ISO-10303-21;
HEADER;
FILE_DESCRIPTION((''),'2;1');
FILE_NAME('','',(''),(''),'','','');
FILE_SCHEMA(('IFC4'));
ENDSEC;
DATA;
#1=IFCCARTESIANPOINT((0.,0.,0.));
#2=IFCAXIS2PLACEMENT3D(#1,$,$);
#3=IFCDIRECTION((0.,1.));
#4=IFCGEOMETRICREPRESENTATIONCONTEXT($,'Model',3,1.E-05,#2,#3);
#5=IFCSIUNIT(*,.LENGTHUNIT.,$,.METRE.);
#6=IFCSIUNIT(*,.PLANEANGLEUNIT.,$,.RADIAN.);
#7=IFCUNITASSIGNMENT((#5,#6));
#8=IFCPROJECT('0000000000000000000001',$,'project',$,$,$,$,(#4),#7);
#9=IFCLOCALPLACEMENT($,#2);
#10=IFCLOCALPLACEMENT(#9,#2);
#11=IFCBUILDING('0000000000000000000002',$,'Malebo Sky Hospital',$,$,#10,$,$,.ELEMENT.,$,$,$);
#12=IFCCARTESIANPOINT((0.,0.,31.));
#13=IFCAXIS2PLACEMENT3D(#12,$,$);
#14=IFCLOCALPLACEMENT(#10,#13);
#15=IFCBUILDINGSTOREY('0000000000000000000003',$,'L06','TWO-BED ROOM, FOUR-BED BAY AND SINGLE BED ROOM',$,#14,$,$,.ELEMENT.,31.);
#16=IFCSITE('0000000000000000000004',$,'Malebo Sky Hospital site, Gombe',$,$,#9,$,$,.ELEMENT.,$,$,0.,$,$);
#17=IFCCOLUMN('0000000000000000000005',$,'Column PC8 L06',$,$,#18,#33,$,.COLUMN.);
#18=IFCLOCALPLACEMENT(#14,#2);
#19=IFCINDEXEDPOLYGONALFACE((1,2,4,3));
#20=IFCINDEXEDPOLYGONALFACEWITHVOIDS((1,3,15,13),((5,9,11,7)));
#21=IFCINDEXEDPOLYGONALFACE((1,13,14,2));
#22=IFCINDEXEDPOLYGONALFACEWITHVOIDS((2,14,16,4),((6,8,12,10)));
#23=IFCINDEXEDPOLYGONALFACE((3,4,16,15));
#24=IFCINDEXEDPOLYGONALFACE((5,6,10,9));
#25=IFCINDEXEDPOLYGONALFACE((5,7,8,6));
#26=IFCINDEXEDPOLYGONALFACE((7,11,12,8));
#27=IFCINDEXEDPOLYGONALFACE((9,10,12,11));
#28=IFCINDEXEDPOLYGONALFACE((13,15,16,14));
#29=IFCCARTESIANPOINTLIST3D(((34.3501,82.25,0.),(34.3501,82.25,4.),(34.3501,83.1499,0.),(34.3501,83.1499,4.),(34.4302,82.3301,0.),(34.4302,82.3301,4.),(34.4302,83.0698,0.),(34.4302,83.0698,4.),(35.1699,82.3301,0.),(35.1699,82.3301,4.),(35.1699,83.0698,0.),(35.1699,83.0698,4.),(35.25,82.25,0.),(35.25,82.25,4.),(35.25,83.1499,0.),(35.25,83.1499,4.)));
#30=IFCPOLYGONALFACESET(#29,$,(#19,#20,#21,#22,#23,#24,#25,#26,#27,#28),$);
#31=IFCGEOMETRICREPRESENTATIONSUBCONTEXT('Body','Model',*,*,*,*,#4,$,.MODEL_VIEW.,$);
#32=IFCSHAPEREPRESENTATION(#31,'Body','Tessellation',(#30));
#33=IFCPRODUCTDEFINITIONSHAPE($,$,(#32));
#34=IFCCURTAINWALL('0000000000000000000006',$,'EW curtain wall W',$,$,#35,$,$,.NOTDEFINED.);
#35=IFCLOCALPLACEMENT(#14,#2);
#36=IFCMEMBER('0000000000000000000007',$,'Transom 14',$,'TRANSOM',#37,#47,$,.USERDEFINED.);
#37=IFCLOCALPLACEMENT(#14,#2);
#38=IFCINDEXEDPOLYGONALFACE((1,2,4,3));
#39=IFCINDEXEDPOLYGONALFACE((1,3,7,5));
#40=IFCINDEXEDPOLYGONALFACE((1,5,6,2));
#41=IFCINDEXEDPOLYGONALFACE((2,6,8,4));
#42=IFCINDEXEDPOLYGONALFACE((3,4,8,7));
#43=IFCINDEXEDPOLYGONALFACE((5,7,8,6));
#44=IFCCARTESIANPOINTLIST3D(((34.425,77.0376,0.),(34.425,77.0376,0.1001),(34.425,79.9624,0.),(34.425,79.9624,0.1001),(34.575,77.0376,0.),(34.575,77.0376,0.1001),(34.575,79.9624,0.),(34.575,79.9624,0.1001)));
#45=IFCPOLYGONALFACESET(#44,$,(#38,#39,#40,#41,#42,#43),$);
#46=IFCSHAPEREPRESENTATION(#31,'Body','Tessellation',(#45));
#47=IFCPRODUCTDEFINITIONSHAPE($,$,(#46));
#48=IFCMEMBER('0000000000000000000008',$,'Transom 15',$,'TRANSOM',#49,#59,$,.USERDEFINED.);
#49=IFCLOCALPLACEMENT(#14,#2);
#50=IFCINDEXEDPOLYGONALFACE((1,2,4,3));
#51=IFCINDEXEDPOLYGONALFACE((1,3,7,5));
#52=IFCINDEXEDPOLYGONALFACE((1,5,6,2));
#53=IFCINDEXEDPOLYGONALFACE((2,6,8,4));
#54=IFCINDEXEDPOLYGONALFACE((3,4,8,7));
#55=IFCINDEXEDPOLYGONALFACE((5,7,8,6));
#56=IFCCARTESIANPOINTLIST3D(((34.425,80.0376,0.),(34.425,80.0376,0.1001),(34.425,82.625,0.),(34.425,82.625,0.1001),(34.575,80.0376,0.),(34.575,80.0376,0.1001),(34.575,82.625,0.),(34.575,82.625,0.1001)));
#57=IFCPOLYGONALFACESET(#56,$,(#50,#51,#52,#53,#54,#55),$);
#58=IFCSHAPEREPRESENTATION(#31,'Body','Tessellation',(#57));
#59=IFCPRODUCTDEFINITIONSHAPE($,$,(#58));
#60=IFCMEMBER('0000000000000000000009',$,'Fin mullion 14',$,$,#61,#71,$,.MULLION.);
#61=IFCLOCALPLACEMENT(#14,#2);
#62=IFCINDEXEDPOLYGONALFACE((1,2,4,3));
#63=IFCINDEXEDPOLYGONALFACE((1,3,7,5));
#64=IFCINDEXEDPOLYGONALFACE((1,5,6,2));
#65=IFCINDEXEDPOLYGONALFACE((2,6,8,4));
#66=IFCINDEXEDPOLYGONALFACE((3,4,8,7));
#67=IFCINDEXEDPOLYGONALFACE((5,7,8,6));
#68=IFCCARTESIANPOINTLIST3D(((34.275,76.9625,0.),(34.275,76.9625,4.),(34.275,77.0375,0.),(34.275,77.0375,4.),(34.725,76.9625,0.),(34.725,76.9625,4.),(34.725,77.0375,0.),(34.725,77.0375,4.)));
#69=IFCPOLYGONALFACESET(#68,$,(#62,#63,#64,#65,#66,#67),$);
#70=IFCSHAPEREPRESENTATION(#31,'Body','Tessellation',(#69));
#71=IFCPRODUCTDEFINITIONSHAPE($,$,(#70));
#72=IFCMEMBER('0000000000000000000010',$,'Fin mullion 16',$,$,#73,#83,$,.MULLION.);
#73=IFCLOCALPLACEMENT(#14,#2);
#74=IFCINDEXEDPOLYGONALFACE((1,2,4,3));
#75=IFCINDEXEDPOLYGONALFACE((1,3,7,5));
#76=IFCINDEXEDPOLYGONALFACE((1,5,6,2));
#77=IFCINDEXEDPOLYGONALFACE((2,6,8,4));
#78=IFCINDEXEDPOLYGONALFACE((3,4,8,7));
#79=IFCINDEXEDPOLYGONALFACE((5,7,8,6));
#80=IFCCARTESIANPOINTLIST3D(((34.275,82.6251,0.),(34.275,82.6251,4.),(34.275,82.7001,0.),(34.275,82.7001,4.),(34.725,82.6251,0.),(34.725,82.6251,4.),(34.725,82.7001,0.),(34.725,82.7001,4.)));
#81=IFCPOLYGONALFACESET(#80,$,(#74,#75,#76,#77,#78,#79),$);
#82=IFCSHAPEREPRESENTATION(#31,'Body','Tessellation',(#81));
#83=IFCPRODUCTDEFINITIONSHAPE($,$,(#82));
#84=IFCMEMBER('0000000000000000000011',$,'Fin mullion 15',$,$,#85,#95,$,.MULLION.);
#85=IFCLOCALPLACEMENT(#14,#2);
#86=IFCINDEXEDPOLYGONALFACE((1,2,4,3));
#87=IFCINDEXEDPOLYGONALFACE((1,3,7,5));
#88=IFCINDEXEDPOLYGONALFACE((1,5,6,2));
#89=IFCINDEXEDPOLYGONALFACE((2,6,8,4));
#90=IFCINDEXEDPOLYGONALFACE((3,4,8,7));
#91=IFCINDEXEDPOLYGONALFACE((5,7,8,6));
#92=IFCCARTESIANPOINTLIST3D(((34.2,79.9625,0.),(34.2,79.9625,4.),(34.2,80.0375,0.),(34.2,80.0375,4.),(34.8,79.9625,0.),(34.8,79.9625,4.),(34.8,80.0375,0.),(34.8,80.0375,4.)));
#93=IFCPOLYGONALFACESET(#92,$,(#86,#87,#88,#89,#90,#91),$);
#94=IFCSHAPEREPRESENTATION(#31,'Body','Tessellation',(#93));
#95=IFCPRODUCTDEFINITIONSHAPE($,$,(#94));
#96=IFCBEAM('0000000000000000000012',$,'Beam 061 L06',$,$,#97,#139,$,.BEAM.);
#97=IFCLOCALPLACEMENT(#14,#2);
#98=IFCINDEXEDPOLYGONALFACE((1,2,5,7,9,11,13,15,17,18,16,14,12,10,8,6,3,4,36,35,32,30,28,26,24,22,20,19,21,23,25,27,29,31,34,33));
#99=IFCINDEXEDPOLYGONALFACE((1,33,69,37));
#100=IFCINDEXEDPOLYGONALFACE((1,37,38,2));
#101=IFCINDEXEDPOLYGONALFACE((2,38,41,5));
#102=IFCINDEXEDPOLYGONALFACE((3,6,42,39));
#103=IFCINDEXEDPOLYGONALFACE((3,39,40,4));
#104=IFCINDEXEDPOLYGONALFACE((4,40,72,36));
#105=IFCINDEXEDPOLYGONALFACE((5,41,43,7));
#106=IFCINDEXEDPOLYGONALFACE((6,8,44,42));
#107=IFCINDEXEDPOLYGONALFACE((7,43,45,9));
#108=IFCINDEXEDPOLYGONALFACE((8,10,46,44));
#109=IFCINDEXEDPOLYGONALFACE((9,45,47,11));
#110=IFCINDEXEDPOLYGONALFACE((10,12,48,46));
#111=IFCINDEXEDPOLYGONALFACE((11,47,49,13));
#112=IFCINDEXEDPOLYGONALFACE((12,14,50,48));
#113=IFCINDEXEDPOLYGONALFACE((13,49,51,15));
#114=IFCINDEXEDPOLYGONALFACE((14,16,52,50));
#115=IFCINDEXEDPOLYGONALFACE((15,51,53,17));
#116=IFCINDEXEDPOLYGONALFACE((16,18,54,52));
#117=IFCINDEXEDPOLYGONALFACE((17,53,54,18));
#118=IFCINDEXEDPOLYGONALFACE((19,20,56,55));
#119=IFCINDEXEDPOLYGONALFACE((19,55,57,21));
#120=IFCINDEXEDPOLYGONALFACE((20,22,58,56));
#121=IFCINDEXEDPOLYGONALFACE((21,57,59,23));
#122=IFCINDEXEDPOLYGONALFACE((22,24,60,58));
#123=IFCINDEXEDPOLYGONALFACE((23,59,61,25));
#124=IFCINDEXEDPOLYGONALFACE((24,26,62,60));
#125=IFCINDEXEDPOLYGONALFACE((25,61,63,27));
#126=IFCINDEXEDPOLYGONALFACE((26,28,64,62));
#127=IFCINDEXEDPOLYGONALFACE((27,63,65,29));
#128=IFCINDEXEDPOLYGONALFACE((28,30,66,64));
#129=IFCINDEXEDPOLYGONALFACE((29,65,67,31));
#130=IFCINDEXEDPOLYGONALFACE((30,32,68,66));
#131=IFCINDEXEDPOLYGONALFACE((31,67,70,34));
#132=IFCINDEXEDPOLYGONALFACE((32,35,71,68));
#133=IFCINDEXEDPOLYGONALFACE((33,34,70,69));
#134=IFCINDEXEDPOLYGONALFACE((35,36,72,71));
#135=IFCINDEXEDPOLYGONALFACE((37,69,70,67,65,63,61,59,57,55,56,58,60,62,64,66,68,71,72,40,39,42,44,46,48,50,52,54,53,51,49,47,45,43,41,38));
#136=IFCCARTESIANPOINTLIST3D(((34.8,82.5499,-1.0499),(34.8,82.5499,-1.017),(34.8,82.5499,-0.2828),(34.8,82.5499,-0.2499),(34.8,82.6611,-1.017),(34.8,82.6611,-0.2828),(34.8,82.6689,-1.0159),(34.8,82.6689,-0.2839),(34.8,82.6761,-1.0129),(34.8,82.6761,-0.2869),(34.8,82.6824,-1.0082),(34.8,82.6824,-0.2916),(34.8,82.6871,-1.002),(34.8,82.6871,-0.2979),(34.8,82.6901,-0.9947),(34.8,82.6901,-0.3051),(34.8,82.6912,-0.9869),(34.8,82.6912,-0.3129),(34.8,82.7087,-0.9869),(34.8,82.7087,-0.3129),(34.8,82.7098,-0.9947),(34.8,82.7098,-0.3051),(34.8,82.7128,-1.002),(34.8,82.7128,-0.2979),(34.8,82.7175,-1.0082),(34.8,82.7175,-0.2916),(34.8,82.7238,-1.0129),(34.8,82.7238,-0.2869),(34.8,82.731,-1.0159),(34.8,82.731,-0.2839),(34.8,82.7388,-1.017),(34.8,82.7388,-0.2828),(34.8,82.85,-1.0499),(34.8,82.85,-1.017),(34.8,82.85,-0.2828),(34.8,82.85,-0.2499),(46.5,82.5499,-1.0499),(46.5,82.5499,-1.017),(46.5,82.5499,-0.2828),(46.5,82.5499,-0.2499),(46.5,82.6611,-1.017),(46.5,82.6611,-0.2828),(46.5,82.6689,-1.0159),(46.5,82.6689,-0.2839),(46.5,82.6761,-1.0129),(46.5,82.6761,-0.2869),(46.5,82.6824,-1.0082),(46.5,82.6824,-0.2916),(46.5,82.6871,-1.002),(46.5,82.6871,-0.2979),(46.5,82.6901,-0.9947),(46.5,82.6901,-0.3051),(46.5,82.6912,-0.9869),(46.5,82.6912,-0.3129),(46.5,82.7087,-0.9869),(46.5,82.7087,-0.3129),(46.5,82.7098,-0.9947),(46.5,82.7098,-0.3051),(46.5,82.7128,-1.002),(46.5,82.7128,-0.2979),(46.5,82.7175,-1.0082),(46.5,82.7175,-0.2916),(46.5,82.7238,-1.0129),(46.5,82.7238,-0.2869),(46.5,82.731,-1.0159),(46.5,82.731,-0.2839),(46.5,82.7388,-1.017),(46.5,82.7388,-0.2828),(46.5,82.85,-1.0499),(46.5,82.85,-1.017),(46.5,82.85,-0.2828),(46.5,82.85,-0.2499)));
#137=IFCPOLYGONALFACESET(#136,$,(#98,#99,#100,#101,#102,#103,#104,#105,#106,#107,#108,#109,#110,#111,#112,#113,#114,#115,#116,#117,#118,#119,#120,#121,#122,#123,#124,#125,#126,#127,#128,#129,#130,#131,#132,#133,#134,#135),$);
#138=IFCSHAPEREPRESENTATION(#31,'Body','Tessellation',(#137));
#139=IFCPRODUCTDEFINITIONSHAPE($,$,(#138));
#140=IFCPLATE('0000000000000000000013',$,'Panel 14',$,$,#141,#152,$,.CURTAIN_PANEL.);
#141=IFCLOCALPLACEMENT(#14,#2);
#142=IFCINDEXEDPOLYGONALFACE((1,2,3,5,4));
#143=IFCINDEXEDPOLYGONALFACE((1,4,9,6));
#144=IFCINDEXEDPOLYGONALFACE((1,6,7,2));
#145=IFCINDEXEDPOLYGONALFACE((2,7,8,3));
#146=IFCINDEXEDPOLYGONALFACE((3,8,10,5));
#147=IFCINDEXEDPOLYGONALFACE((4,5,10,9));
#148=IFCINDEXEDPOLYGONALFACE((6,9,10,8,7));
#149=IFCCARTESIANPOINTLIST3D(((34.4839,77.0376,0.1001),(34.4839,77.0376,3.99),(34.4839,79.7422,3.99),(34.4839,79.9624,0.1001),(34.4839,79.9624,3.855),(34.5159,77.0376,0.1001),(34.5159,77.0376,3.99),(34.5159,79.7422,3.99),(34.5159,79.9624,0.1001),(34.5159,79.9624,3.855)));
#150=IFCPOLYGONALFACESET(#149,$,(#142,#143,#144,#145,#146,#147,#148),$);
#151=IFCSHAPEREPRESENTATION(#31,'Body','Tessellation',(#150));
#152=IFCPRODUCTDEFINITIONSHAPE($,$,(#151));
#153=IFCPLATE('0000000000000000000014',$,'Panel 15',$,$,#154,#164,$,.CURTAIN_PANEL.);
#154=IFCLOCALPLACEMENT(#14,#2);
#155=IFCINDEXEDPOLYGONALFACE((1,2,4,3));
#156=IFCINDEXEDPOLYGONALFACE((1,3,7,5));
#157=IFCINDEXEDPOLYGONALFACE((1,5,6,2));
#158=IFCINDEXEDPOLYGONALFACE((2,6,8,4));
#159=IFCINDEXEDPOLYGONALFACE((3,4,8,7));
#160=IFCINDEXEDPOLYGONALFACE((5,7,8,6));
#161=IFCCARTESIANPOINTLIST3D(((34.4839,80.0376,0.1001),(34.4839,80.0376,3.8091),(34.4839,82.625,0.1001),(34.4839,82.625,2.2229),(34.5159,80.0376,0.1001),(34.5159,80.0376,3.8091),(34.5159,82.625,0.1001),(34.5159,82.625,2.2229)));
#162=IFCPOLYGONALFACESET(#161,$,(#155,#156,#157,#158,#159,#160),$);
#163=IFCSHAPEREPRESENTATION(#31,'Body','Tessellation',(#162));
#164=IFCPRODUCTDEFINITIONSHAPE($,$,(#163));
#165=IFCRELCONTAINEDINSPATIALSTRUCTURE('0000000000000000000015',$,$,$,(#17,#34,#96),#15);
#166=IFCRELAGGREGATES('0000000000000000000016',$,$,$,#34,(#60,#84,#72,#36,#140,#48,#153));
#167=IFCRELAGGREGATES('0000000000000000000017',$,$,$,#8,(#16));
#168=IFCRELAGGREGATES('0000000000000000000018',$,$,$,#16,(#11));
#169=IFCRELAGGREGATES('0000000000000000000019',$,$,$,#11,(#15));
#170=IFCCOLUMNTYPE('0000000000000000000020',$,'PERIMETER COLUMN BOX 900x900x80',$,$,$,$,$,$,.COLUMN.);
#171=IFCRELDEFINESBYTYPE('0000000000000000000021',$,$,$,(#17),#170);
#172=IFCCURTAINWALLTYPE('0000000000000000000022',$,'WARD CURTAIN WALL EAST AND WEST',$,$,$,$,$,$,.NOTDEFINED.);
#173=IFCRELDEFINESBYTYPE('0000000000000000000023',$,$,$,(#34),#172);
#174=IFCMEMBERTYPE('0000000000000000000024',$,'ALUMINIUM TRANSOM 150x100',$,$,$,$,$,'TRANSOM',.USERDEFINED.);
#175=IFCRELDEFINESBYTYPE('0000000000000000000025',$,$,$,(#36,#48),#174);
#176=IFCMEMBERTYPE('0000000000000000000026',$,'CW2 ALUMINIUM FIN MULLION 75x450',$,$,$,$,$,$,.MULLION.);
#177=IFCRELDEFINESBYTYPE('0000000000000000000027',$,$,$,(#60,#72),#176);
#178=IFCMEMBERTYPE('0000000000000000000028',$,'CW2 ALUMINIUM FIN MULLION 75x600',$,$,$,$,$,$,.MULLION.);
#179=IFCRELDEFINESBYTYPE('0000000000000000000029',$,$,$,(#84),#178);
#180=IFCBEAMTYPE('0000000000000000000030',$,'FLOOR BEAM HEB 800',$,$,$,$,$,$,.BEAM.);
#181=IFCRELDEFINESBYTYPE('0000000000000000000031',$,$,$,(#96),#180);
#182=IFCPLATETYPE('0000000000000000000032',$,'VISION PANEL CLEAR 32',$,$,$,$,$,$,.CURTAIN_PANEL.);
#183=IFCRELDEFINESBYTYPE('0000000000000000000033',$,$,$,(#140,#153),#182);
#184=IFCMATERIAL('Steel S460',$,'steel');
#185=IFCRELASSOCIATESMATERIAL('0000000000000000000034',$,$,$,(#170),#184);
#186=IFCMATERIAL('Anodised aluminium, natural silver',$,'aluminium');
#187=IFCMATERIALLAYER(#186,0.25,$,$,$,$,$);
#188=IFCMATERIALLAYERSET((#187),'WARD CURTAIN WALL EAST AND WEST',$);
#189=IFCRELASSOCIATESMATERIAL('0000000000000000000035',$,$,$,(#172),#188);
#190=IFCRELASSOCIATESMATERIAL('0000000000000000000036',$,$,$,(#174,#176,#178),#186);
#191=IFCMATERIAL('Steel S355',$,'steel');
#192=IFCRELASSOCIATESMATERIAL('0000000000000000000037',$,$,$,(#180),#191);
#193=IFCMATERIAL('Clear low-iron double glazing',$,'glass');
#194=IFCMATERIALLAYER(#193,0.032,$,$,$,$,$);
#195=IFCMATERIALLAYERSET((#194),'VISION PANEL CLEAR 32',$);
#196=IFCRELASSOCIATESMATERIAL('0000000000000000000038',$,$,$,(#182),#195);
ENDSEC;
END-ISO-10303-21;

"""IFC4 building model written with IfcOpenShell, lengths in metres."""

from ifc_helpers import new_model, si_unit, direction, frame, origin, origin_2d, place, context, subcontext, project, spatial, polyline, rectangle, hollow_rectangle, i_section, outline, extrude, material, layer, layer_set, material_profile, profile_set, type_object, element, aggregate, save


model = new_model("IFC4")

# Units and contexts
model_context = context("Model", 3, precision=1e-05, world=origin(), true_north=direction((0.0, 1.0)))
body_context = subcontext(model_context, "Body", "Model", "MODEL_VIEW")
ifc_project = project(units=[si_unit("LENGTHUNIT", "METRE"), si_unit("PLANEANGLEUNIT", "RADIAN")], contexts=[model_context])

# Site, building, storey
site_placement = place(None, origin())
site = spatial("IfcSite", under=ifc_project, at=site_placement, Name="Malebo Sky Hospital site, Gombe", CompositionType="ELEMENT", RefElevation=0.0)
building_placement = place(site_placement, origin())
building = spatial("IfcBuilding", under=site, at=building_placement, Name="Malebo Sky Hospital", CompositionType="ELEMENT")
storey_placement = place(building_placement, frame((0.0, 0.0, 31.0)))
storey = spatial("IfcBuildingStorey", under=building, at=storey_placement, Name="L06", Description="TWO-BED ROOM, FOUR-BED BAY AND SINGLE BED ROOM", CompositionType="ELEMENT", Elevation=31.0)

# Column
ifc_material_1 = material(Name="Steel S460", Category="steel")
ifc_material_profile_1 = material_profile(ifc_material_1, hollow_rectangle(XDim=0.8999, YDim=0.8999, WallThickness=0.0801, at=origin_2d()), Name="BOX 900x900x80")
ifc_profile_set_1 = profile_set([ifc_material_profile_1], Name="Steel S460")
column_type = type_object("IfcColumnType", Name="PERIMETER COLUMN BOX 900x900x80", PredefinedType="COLUMN", material=ifc_profile_set_1)
column_placement = place(storey_placement, frame((34.8, 82.7, 0.0), z_axis=(0.0, 0.0, 1.0), x_axis=(1.0, 0.0, 0.0)))
element("IfcColumn", 1, at=column_placement, inside=storey, type_object=column_type, Name="Column PC8 L06", PredefinedType="COLUMN", context=body_context, shape_type="SweptSolid", body=[
    extrude(hollow_rectangle(XDim=0.8999, YDim=0.8999, WallThickness=0.0801, at=origin_2d()), origin(), (0.0, 0.0, 1.0), 4.0),
])

# Curtain wall, members
ifc_material_2 = material(Name="Anodised aluminium, natural silver", Category="aluminium")
ifc_layer_1 = layer(ifc_material_2, 0.25)
ifc_layer_set_1 = layer_set([ifc_layer_1], Name="WARD CURTAIN WALL EAST AND WEST")
curtain_wall_type = type_object("IfcCurtainWallType", Name="WARD CURTAIN WALL EAST AND WEST", PredefinedType="NOTDEFINED", material=ifc_layer_set_1)
curtain_wall_placement = place(storey_placement, origin())
curtain_wall = element("IfcCurtainWall", 2, at=curtain_wall_placement, inside=storey, type_object=curtain_wall_type, Name="EW curtain wall W", PredefinedType="NOTDEFINED")
ifc_material_profile_2 = material_profile(ifc_material_2, rectangle(XDim=0.1499, YDim=0.1001, at=origin_2d()), Name="ALUMINIUM TRANSOM 150x100")
ifc_profile_set_2 = profile_set([ifc_material_profile_2], Name="Anodised aluminium, natural silver")
member_type_1 = type_object("IfcMemberType", Name="ALUMINIUM TRANSOM 150x100", ElementType="TRANSOM", PredefinedType="USERDEFINED", material=ifc_profile_set_2)
member_1_placement = place(storey_placement, frame((34.5, 77.0376, 0.05), z_axis=(0.0, 1.0, 0.0), x_axis=(-1.0, 0.0, 0.0)))
member_1 = element("IfcMember", 3, at=member_1_placement, type_object=member_type_1, Name="Transom 14", ObjectType="TRANSOM", PredefinedType="USERDEFINED", context=body_context, shape_type="SweptSolid", body=[
    extrude(rectangle(XDim=0.1499, YDim=0.1001, at=origin_2d()), origin(), (0.0, 0.0, 1.0), 2.9248),
])
member_2_placement = place(storey_placement, frame((34.5, 80.0376, 0.05), z_axis=(0.0, 1.0, 0.0), x_axis=(-1.0, 0.0, 0.0)))
member_2 = element("IfcMember", 4, at=member_2_placement, type_object=member_type_1, Name="Transom 15", ObjectType="TRANSOM", PredefinedType="USERDEFINED", context=body_context, shape_type="SweptSolid", body=[
    extrude(rectangle(XDim=0.1499, YDim=0.1001, at=origin_2d()), origin(), (0.0, 0.0, 1.0), 2.5874),
])
ifc_material_profile_3 = material_profile(ifc_material_2, rectangle(XDim=0.075, YDim=0.45, at=origin_2d()), Name="CW2 ALUMINIUM FIN MULLION 75x450")
ifc_profile_set_3 = profile_set([ifc_material_profile_3], Name="Anodised aluminium, natural silver")
member_type_2 = type_object("IfcMemberType", Name="CW2 ALUMINIUM FIN MULLION 75x450", PredefinedType="MULLION", material=ifc_profile_set_3)
member_3_placement = place(storey_placement, frame((34.5, 77.0, 0.0), z_axis=(0.0, 0.0, 1.0), x_axis=(0.0, 1.0, 0.0)))
member_3 = element("IfcMember", 5, at=member_3_placement, type_object=member_type_2, Name="Fin mullion 14", PredefinedType="MULLION", context=body_context, shape_type="SweptSolid", body=[
    extrude(rectangle(XDim=0.075, YDim=0.45, at=origin_2d()), origin(), (0.0, 0.0, 1.0), 4.0),
])
member_4_placement = place(storey_placement, frame((34.5, 82.6626, 0.0), z_axis=(0.0, 0.0, 1.0), x_axis=(0.0, 1.0, 0.0)))
member_4 = element("IfcMember", 6, at=member_4_placement, type_object=member_type_2, Name="Fin mullion 16", PredefinedType="MULLION", context=body_context, shape_type="SweptSolid", body=[
    extrude(rectangle(XDim=0.075, YDim=0.45, at=origin_2d()), origin(), (0.0, 0.0, 1.0), 4.0),
])
ifc_material_profile_4 = material_profile(ifc_material_2, rectangle(XDim=0.075, YDim=0.6001, at=origin_2d()), Name="CW2 ALUMINIUM FIN MULLION 75x600")
ifc_profile_set_4 = profile_set([ifc_material_profile_4], Name="Anodised aluminium, natural silver")
member_type_3 = type_object("IfcMemberType", Name="CW2 ALUMINIUM FIN MULLION 75x600", PredefinedType="MULLION", material=ifc_profile_set_4)
member_5_placement = place(storey_placement, frame((34.5, 80.0, 0.0), z_axis=(0.0, 0.0, 1.0), x_axis=(0.0, 1.0, 0.0)))
member_5 = element("IfcMember", 7, at=member_5_placement, type_object=member_type_3, Name="Fin mullion 15", PredefinedType="MULLION", context=body_context, shape_type="SweptSolid", body=[
    extrude(rectangle(XDim=0.075, YDim=0.6001, at=origin_2d()), origin(), (0.0, 0.0, 1.0), 4.0),
])

# Beam
ifc_material_3 = material(Name="Steel S355", Category="steel")
ifc_material_profile_5 = material_profile(ifc_material_3, i_section(OverallWidth=0.3, OverallDepth=0.8, WebThickness=0.0176, FlangeThickness=0.033, FilletRadius=0.03, at=origin_2d()), Name="HEB 800")
ifc_profile_set_5 = profile_set([ifc_material_profile_5], Name="Steel S355")
beam_type = type_object("IfcBeamType", Name="FLOOR BEAM HEB 800", PredefinedType="BEAM", material=ifc_profile_set_5)
beam_placement = place(storey_placement, frame((34.8, 82.7, -0.6499), z_axis=(1.0, 0.0, 0.0), x_axis=(0.0, 1.0, 0.0)))
element("IfcBeam", 8, at=beam_placement, inside=storey, type_object=beam_type, Name="Beam 061 L06", PredefinedType="BEAM", context=body_context, shape_type="SweptSolid", body=[
    extrude(i_section(OverallWidth=0.3, OverallDepth=0.8, WebThickness=0.0176, FlangeThickness=0.033, FilletRadius=0.03, at=origin_2d()), origin(), (0.0, 0.0, 1.0), 11.7),
])

# Plates
ifc_material_4 = material(Name="Clear low-iron double glazing", Category="glass")
ifc_layer_2 = layer(ifc_material_4, 0.032)
ifc_layer_set_2 = layer_set([ifc_layer_2], Name="VISION PANEL CLEAR 32")
plate_type = type_object("IfcPlateType", Name="VISION PANEL CLEAR 32", PredefinedType="CURTAIN_PANEL", material=ifc_layer_set_2)
plate_1_placement = place(storey_placement, frame((34.5, 78.5, 0.1001), z_axis=(0.0, 0.0, 1.0), x_axis=(0.0, 1.0, 0.0)))
plate_1 = element("IfcPlate", 9, at=plate_1_placement, type_object=plate_type, Name="Panel 14", PredefinedType="CURTAIN_PANEL", context=body_context, shape_type="SweptSolid", body=[
    extrude(outline(polyline([(-1.4624, 0.0), (1.4624, 0.0), (1.4624, 3.7549), (1.2422, 3.8899), (-1.4624, 3.8899), (-1.4624, 0.0)])), frame((0.0, 0.0161, 0.0), z_axis=(0.0, -1.0, 0.0), x_axis=(1.0, 0.0, 0.0)), (0.0, 0.0, 1.0), 0.032),
])
plate_2_placement = place(storey_placement, frame((34.5, 81.3313, 0.1001), z_axis=(0.0, 0.0, 1.0), x_axis=(0.0, 1.0, 0.0)))
plate_2 = element("IfcPlate", 10, at=plate_2_placement, type_object=plate_type, Name="Panel 15", PredefinedType="CURTAIN_PANEL", context=body_context, shape_type="SweptSolid", body=[
    extrude(outline(polyline([(-1.2937, 0.0), (1.2937, 0.0), (1.2937, 2.1228), (-1.2937, 3.709), (-1.2937, 0.0)])), frame((0.0, 0.0161, 0.0), z_axis=(0.0, -1.0, 0.0), x_axis=(1.0, 0.0, 0.0)), (0.0, 0.0, 1.0), 0.032),
])
aggregate(curtain_wall, [member_3, member_5, member_4, member_1, plate_1, member_2, plate_2])

save(model, "model.ifc")
